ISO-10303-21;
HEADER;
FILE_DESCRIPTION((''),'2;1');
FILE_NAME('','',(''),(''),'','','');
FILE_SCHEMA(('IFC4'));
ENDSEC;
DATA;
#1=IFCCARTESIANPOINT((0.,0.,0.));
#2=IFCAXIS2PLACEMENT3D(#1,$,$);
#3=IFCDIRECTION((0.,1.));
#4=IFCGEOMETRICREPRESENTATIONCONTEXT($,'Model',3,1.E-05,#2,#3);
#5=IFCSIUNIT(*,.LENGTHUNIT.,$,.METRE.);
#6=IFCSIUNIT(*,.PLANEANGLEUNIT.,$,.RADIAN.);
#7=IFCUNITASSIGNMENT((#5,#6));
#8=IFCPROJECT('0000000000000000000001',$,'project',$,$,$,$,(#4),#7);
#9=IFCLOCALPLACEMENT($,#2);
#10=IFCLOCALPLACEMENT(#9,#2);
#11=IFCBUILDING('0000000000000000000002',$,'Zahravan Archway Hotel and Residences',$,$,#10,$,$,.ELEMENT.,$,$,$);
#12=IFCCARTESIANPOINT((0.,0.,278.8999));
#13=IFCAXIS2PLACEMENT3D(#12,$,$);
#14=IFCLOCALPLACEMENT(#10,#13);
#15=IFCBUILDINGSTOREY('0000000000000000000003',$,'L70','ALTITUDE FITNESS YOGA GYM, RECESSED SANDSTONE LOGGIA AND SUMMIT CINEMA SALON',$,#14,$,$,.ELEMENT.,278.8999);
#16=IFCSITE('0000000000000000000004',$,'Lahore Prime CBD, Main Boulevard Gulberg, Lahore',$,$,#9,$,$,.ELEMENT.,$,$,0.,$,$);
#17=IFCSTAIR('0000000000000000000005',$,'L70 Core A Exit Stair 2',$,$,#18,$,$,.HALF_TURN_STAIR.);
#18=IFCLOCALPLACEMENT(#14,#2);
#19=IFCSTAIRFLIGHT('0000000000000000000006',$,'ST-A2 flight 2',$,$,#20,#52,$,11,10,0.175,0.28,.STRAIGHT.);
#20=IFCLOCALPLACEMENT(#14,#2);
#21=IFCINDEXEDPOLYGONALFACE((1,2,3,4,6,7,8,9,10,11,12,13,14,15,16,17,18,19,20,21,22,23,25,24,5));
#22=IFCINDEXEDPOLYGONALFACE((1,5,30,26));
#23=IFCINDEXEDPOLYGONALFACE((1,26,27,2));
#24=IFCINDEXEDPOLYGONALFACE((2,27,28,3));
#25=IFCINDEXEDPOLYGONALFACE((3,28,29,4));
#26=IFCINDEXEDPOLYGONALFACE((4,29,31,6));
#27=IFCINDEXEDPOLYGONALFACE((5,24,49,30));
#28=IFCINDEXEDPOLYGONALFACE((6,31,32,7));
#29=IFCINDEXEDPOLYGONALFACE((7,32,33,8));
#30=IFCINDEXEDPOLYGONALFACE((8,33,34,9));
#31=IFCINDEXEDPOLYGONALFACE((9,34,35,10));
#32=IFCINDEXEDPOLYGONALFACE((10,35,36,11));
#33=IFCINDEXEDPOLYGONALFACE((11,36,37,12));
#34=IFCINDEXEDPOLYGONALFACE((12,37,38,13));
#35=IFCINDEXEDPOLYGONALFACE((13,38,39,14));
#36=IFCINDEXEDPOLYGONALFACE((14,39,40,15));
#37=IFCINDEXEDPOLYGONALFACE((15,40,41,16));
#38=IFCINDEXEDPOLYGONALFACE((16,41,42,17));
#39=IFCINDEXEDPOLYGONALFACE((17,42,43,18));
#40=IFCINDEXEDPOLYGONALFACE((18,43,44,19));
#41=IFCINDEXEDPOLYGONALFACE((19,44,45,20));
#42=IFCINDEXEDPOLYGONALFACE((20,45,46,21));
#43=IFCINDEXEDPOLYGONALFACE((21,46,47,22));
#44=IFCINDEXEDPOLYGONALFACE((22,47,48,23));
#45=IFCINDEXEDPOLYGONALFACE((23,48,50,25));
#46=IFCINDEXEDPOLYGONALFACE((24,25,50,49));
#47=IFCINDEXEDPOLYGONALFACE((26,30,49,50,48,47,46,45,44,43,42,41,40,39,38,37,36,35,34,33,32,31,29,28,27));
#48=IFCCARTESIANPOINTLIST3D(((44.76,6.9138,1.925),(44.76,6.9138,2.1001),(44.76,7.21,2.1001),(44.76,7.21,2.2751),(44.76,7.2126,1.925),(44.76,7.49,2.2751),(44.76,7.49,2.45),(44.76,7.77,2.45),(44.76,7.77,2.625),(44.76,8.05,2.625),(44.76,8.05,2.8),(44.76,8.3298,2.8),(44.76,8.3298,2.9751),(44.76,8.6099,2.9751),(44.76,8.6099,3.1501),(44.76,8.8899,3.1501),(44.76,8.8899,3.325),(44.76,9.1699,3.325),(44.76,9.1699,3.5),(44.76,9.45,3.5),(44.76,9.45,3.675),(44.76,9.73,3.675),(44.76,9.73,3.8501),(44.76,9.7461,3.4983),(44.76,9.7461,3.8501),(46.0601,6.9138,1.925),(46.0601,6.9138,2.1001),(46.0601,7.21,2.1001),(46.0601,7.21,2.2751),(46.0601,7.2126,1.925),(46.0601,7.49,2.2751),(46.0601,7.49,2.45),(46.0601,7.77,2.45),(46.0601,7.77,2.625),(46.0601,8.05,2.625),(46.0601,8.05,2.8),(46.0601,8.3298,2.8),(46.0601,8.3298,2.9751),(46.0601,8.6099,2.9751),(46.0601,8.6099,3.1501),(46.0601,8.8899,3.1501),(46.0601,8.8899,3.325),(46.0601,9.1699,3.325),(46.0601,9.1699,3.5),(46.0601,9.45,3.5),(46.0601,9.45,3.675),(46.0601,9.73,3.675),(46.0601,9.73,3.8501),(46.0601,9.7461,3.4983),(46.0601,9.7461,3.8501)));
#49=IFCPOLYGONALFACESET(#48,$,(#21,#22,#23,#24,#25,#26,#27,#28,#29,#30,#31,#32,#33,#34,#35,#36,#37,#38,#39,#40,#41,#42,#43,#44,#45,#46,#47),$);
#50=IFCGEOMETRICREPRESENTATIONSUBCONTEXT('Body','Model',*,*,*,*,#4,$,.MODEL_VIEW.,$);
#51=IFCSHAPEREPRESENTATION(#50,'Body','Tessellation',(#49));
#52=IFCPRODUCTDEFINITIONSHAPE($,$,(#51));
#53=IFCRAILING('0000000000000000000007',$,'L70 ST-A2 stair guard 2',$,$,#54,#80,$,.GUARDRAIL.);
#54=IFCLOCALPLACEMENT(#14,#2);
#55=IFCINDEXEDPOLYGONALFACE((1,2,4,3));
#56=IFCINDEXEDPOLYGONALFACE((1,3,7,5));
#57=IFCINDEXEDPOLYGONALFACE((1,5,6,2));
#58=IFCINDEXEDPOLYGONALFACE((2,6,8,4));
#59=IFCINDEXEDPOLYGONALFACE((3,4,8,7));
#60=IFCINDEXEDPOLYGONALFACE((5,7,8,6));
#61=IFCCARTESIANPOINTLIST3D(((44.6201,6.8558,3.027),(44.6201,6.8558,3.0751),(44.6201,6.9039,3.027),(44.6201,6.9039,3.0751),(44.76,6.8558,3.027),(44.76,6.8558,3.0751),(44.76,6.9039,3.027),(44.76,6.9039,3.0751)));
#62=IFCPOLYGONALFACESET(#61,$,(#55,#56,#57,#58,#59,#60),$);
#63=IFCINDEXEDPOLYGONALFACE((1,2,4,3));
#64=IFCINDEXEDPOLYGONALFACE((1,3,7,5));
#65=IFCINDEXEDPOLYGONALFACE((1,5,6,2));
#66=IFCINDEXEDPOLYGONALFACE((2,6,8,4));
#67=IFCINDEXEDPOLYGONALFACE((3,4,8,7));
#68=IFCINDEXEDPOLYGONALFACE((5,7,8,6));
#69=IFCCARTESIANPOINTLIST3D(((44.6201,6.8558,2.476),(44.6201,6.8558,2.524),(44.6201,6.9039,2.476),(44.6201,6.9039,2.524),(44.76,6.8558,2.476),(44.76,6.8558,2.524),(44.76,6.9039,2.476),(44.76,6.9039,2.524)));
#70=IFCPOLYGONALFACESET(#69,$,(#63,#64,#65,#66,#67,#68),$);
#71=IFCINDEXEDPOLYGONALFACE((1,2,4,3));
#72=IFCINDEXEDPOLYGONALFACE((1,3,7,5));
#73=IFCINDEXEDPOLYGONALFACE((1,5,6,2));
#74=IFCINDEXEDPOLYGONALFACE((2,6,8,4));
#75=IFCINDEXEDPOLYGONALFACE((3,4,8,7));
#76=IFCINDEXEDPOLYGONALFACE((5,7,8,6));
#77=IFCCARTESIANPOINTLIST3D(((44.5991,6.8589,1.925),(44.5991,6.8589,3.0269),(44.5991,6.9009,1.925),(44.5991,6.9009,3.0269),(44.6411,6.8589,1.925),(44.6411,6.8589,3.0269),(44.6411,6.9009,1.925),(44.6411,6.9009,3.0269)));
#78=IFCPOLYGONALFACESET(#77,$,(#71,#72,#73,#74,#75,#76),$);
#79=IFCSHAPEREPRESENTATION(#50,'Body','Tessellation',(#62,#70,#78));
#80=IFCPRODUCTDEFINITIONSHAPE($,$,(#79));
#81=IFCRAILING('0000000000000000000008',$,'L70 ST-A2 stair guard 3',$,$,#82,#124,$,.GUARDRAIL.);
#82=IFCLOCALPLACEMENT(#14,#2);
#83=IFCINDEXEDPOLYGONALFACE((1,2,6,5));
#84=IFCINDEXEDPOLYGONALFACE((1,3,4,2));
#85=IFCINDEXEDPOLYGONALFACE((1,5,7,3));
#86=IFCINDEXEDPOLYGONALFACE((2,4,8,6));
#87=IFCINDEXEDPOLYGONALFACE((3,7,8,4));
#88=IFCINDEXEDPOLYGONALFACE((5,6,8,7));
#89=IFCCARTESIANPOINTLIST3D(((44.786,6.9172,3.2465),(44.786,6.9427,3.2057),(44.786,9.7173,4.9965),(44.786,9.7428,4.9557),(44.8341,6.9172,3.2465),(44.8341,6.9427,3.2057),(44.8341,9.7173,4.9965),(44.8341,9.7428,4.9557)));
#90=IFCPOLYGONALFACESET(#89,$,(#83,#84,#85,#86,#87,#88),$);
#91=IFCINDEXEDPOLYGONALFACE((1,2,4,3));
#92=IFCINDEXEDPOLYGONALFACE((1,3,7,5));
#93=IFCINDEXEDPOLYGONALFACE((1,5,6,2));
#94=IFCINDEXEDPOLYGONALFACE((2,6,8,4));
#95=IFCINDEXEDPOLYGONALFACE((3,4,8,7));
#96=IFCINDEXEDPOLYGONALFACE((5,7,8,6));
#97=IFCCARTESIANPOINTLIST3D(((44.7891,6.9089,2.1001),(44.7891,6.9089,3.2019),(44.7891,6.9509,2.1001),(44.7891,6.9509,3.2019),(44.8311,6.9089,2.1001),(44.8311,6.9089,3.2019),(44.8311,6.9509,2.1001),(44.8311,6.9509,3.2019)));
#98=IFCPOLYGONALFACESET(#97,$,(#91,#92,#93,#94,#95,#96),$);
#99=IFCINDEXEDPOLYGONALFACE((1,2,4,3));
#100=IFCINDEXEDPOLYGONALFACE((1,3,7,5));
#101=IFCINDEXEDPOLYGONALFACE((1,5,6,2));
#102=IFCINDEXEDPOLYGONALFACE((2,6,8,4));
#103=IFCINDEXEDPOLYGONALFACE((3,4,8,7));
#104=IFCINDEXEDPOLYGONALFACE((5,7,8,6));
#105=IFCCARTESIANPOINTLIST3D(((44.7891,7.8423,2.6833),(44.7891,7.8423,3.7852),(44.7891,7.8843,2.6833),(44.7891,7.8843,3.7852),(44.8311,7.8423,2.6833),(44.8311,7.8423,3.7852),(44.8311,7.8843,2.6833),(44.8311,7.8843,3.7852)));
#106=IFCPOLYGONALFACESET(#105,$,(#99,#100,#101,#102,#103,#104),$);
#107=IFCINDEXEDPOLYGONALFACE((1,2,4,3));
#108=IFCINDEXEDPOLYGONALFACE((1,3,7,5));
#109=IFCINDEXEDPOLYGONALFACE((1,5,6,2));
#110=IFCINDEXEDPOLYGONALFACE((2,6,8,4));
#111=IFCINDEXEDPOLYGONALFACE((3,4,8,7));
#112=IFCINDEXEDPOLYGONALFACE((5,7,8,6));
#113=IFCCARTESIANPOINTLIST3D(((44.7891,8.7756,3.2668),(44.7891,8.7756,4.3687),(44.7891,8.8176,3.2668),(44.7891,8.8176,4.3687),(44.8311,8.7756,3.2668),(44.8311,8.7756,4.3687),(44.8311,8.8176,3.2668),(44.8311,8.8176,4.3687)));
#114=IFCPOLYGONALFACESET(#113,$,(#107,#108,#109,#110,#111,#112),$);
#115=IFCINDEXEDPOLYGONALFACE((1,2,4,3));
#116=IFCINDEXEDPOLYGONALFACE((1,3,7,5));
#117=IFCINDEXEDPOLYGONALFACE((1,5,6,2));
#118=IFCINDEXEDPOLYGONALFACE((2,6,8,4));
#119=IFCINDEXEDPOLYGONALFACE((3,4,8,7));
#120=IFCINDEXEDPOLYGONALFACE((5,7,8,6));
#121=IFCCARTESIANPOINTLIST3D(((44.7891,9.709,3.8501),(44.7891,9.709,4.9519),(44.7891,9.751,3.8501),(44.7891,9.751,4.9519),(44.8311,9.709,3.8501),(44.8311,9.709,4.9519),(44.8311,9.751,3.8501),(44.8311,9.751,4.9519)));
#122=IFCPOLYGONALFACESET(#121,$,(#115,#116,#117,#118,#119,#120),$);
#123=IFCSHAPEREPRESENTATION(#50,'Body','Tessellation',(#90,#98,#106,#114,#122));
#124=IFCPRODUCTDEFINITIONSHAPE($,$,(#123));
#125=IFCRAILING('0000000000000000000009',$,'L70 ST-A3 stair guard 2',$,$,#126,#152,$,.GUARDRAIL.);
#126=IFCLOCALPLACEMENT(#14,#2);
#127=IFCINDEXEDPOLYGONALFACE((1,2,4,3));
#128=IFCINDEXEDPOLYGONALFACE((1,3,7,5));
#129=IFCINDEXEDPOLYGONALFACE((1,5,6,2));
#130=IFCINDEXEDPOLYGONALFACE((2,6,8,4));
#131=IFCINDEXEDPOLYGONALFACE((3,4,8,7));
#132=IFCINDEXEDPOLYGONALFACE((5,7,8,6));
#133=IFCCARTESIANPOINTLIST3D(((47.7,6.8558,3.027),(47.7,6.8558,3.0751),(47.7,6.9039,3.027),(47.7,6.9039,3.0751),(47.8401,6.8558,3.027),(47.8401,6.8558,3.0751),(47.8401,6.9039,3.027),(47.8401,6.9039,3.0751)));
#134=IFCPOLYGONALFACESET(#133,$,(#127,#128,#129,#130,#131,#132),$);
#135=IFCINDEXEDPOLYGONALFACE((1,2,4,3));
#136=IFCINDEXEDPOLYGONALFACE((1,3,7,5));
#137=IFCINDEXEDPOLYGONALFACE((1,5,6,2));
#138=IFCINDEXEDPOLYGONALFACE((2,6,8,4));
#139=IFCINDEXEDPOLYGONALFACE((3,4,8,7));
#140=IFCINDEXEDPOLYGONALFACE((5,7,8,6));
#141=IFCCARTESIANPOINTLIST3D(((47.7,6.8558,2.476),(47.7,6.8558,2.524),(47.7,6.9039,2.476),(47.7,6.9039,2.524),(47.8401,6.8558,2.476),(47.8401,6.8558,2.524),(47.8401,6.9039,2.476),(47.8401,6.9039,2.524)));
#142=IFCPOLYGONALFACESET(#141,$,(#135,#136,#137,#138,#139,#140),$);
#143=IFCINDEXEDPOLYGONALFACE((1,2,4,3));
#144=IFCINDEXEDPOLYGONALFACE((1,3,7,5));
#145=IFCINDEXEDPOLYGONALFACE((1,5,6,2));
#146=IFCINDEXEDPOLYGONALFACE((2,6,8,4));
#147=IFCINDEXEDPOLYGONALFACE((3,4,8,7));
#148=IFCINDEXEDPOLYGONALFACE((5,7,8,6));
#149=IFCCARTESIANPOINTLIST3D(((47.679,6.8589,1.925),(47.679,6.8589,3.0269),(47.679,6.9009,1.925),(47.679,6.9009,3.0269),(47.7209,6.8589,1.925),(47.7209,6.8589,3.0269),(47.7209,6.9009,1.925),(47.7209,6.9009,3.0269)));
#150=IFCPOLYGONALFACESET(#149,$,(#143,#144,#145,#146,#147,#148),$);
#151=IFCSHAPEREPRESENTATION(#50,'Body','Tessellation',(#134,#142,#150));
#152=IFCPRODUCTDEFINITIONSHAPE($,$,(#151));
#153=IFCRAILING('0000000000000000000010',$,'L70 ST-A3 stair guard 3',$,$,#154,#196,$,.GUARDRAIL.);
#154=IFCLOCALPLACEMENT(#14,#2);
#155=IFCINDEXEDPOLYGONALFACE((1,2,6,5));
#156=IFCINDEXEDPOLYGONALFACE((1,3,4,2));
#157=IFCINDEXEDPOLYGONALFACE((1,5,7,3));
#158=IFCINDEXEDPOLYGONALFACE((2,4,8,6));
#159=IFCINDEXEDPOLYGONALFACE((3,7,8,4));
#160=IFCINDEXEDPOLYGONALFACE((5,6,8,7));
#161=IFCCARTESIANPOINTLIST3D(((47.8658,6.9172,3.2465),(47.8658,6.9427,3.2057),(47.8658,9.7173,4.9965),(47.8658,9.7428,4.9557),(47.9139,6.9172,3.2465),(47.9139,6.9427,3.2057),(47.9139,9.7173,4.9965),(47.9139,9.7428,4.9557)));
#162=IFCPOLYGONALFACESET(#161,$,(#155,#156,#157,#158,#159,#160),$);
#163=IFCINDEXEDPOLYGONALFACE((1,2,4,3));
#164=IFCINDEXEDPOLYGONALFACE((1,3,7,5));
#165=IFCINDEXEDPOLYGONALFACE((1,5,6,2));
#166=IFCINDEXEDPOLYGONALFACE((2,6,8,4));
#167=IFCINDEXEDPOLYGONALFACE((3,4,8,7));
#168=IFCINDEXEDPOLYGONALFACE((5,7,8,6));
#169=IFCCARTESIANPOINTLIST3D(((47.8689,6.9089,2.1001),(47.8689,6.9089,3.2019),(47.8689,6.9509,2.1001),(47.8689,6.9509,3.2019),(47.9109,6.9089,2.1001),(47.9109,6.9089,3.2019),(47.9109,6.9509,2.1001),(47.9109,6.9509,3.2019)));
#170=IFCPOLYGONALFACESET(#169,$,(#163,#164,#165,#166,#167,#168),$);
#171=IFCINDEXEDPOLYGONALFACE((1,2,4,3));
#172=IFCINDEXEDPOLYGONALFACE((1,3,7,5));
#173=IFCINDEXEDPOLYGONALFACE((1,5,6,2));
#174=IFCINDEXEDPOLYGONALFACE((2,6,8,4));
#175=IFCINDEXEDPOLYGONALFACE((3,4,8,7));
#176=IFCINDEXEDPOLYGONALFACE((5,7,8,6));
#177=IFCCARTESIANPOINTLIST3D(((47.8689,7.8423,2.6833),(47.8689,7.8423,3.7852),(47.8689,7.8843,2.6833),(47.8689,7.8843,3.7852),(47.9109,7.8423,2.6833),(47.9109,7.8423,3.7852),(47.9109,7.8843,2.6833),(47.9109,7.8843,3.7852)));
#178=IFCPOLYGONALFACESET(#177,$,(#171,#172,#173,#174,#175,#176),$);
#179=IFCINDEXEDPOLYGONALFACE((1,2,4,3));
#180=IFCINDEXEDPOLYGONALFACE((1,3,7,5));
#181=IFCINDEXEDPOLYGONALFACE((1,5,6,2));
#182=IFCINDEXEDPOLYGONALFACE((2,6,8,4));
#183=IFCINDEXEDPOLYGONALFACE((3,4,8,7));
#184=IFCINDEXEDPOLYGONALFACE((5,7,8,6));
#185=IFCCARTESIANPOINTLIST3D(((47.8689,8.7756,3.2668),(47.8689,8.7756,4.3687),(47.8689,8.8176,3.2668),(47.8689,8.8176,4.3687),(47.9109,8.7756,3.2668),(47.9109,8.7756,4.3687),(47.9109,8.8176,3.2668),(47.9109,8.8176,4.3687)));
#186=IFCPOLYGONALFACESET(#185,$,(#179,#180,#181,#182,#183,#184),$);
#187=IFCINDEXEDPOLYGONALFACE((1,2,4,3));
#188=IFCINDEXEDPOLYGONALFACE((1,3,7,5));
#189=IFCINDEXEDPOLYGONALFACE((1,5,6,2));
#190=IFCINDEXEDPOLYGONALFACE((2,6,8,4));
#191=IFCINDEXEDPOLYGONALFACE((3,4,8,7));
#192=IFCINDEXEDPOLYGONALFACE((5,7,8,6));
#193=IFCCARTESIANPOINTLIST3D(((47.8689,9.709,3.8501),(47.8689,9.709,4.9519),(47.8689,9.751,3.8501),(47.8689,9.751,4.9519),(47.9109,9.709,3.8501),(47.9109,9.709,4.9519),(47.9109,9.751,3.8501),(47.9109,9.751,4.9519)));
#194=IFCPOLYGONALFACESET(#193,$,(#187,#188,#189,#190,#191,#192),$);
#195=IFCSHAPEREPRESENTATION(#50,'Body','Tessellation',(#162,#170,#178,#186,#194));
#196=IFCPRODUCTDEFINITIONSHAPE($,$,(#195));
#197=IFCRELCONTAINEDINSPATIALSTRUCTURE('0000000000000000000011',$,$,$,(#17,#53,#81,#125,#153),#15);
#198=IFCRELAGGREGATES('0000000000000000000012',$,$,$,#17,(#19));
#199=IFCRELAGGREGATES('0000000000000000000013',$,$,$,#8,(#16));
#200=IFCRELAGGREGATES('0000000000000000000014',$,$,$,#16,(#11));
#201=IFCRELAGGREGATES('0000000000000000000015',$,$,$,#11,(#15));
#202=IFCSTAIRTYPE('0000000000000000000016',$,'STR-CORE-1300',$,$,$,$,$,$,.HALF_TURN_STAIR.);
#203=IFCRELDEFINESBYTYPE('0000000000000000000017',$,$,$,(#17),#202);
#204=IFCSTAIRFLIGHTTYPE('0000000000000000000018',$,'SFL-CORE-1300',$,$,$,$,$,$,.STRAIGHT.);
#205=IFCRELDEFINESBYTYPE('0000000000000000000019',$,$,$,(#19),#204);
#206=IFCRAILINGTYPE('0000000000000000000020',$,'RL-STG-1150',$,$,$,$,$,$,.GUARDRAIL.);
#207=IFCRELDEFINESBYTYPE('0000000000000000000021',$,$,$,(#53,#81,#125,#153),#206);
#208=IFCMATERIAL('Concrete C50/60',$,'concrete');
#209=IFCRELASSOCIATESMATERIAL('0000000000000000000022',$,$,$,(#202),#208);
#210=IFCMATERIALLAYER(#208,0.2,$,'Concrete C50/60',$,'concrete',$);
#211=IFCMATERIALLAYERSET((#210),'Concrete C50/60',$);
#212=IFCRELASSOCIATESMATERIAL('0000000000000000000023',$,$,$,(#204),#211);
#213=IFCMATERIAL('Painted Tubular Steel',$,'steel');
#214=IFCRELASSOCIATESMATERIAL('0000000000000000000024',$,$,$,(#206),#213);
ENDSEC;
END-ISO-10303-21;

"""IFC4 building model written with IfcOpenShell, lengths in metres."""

from ifc_helpers import new_model, si_unit, direction, frame, origin, origin_2d, place, context, subcontext, project, spatial, polyline, rectangle, outline, extrude, source, transform, mapped, material, layer, layer_set, type_object, element, aggregate, save


model = new_model("IFC4")

# Units and contexts
model_context = context("Model", 3, precision=1e-05, world=origin(), true_north=direction((0.0, 1.0)))
body_context = subcontext(model_context, "Body", "Model", "MODEL_VIEW")
ifc_project = project(units=[si_unit("LENGTHUNIT", "METRE"), si_unit("PLANEANGLEUNIT", "RADIAN")], contexts=[model_context])

# Site, building, storey
site_placement = place(None, origin())
site = spatial("IfcSite", under=ifc_project, at=site_placement, Name="Lahore Prime CBD, Main Boulevard Gulberg, Lahore", CompositionType="ELEMENT", RefElevation=0.0)
building_placement = place(site_placement, origin())
building = spatial("IfcBuilding", under=site, at=building_placement, Name="Zahravan Archway Hotel and Residences", CompositionType="ELEMENT")
storey_placement = place(building_placement, frame((0.0, 0.0, 278.8999)))
storey = spatial("IfcBuildingStorey", under=building, at=storey_placement, Name="L70", Description="ALTITUDE FITNESS YOGA GYM, RECESSED SANDSTONE LOGGIA AND SUMMIT CINEMA SALON", CompositionType="ELEMENT", Elevation=278.8999)

# Shared definitions
ifc_material_1 = material(Name="Concrete C50/60", Category="concrete")

# Stair, stair flight
stair_type = type_object("IfcStairType", Name="STR-CORE-1300", PredefinedType="HALF_TURN_STAIR", material=ifc_material_1)
stair_placement = place(storey_placement, origin())
stair = element("IfcStair", 1, at=stair_placement, inside=storey, type_object=stair_type, Name="L70 Core A Exit Stair 2", PredefinedType="HALF_TURN_STAIR")
ifc_layer_1 = layer(ifc_material_1, 0.2, Name="Concrete C50/60", Category="concrete")
ifc_layer_set_1 = layer_set([ifc_layer_1], Name="Concrete C50/60")
stair_flight_type = type_object("IfcStairFlightType", Name="SFL-CORE-1300", PredefinedType="STRAIGHT", material=ifc_layer_set_1)
shared_shape_1 = source(origin(), body_context, "Body", "SweptSolid", [
    extrude(outline(polyline([(-0.0161, 0.0), (-0.0161, 0.175), (0.28, 0.175), (0.28, 0.3501), (0.5601, 0.3501), (0.5601, 0.5249), (0.8401, 0.5249), (0.8401, 0.7), (1.1201, 0.7), (1.1201, 0.875), (1.3999, 0.875), (1.3999, 1.05), (1.6799, 1.05), (1.6799, 1.2251), (1.96, 1.2251), (1.96, 1.3999), (2.24, 1.3999), (2.24, 1.575), (2.52, 1.575), (2.52, 1.75), (2.8, 1.75), (2.8, 1.925), (2.8162, 1.925), (2.8162, 1.5732), (0.2827, 0.0), (-0.0161, 0.0)])), frame((0.0, 0.6499, 0.0), z_axis=(0.0, -1.0, 0.0), x_axis=(1.0, 0.0, 0.0)), (0.0, 0.0, 1.0), 1.3),
])
stair_flight_placement = place(storey_placement, frame((45.4099, 6.9299, 1.925), z_axis=(0.0, 0.0, 1.0), x_axis=(0.0, 1.0, 0.0)))
stair_flight = element("IfcStairFlight", 2, at=stair_flight_placement, type_object=stair_flight_type, Name="ST-A2 flight 2", NumberOfRisers=11, NumberOfTreads=10, PredefinedType="STRAIGHT", RiserHeight=0.175, TreadLength=0.28, context=body_context, shape_type="MappedRepresentation", body=[
    mapped(shared_shape_1, transform((0.0, 0.0, 0.0), scale=1.0)),
])
aggregate(stair, [stair_flight])

# Railings
ifc_material_2 = material(Name="Painted Tubular Steel", Category="steel")
railing_type_1 = type_object("IfcRailingType", Name="RL-STG-1150", PredefinedType="GUARDRAIL", material=ifc_material_2)
railing_1_placement = place(storey_placement, frame((44.6201, 6.8799, 1.925)))
element("IfcRailing", 3, at=railing_1_placement, inside=storey, type_object=railing_type_1, Name="L70 ST-A2 stair guard 2", PredefinedType="GUARDRAIL", context=body_context, shape_type="SweptSolid", body=[
    extrude(rectangle(XDim=0.0481, YDim=0.0481, at=origin_2d()), frame((0.0, 0.0, 1.126), z_axis=(1.0, 0.0, 0.0), x_axis=(0.0, 1.0, 0.0)), (0.0, 0.0, 1.0), 0.1399),
    extrude(rectangle(XDim=0.0481, YDim=0.0481, at=origin_2d()), frame((0.0, 0.0, 0.575), z_axis=(1.0, 0.0, 0.0), x_axis=(0.0, 1.0, 0.0)), (0.0, 0.0, 1.0), 0.1399),
    extrude(rectangle(XDim=0.042, YDim=0.042, at=origin_2d()), origin(), (0.0, 0.0, 1.0), 1.1018),
])
railing_2_placement = place(storey_placement, frame((44.8101, 6.9299, 2.1001)))
element("IfcRailing", 4, at=railing_2_placement, inside=storey, type_object=railing_type_1, Name="L70 ST-A2 stair guard 3", PredefinedType="GUARDRAIL", context=body_context, shape_type="SweptSolid", body=[
    extrude(rectangle(XDim=0.0481, YDim=0.0481, at=origin_2d()), frame((0.0, 0.0, 1.126), z_axis=(0.0, 0.848002, 0.529992), x_axis=(-1.0, 0.0, 0.0)), (0.0, 0.0, 1.0), 3.302),
    extrude(rectangle(XDim=0.042, YDim=0.042, at=origin_2d()), origin(), (0.0, 0.0, 1.0), 1.1018),
    extrude(rectangle(XDim=0.042, YDim=0.042, at=origin_2d()), frame((0.0, 0.9333, 0.5833)), (0.0, 0.0, 1.0), 1.1018),
    extrude(rectangle(XDim=0.042, YDim=0.042, at=origin_2d()), frame((0.0, 1.8667, 1.1667)), (0.0, 0.0, 1.0), 1.1018),
    extrude(rectangle(XDim=0.042, YDim=0.042, at=origin_2d()), frame((0.0, 2.8, 1.75)), (0.0, 0.0, 1.0), 1.1018),
])
railing_3_placement = place(storey_placement, frame((47.7, 6.8799, 1.925)))
element("IfcRailing", 5, at=railing_3_placement, inside=storey, type_object=railing_type_1, Name="L70 ST-A3 stair guard 2", PredefinedType="GUARDRAIL", context=body_context, shape_type="SweptSolid", body=[
    extrude(rectangle(XDim=0.0481, YDim=0.0481, at=origin_2d()), frame((0.0, 0.0, 1.126), z_axis=(1.0, 0.0, 0.0), x_axis=(0.0, 1.0, 0.0)), (0.0, 0.0, 1.0), 0.1401),
    extrude(rectangle(XDim=0.0481, YDim=0.0481, at=origin_2d()), frame((0.0, 0.0, 0.575), z_axis=(1.0, 0.0, 0.0), x_axis=(0.0, 1.0, 0.0)), (0.0, 0.0, 1.0), 0.1401),
    extrude(rectangle(XDim=0.042, YDim=0.042, at=origin_2d()), origin(), (0.0, 0.0, 1.0), 1.1018),
])
railing_4_placement = place(storey_placement, frame((47.8899, 6.9299, 2.1001)))
element("IfcRailing", 6, at=railing_4_placement, inside=storey, type_object=railing_type_1, Name="L70 ST-A3 stair guard 3", PredefinedType="GUARDRAIL", context=body_context, shape_type="SweptSolid", body=[
    extrude(rectangle(XDim=0.0481, YDim=0.0481, at=origin_2d()), frame((0.0, 0.0, 1.126), z_axis=(0.0, 0.848002, 0.529992), x_axis=(-1.0, 0.0, 0.0)), (0.0, 0.0, 1.0), 3.302),
    extrude(rectangle(XDim=0.042, YDim=0.042, at=origin_2d()), origin(), (0.0, 0.0, 1.0), 1.1018),
    extrude(rectangle(XDim=0.042, YDim=0.042, at=origin_2d()), frame((0.0, 0.9333, 0.5833)), (0.0, 0.0, 1.0), 1.1018),
    extrude(rectangle(XDim=0.042, YDim=0.042, at=origin_2d()), frame((0.0, 1.8667, 1.1667)), (0.0, 0.0, 1.0), 1.1018),
    extrude(rectangle(XDim=0.042, YDim=0.042, at=origin_2d()), frame((0.0, 2.8, 1.75)), (0.0, 0.0, 1.0), 1.1018),
])

save(model, "model.ifc")
